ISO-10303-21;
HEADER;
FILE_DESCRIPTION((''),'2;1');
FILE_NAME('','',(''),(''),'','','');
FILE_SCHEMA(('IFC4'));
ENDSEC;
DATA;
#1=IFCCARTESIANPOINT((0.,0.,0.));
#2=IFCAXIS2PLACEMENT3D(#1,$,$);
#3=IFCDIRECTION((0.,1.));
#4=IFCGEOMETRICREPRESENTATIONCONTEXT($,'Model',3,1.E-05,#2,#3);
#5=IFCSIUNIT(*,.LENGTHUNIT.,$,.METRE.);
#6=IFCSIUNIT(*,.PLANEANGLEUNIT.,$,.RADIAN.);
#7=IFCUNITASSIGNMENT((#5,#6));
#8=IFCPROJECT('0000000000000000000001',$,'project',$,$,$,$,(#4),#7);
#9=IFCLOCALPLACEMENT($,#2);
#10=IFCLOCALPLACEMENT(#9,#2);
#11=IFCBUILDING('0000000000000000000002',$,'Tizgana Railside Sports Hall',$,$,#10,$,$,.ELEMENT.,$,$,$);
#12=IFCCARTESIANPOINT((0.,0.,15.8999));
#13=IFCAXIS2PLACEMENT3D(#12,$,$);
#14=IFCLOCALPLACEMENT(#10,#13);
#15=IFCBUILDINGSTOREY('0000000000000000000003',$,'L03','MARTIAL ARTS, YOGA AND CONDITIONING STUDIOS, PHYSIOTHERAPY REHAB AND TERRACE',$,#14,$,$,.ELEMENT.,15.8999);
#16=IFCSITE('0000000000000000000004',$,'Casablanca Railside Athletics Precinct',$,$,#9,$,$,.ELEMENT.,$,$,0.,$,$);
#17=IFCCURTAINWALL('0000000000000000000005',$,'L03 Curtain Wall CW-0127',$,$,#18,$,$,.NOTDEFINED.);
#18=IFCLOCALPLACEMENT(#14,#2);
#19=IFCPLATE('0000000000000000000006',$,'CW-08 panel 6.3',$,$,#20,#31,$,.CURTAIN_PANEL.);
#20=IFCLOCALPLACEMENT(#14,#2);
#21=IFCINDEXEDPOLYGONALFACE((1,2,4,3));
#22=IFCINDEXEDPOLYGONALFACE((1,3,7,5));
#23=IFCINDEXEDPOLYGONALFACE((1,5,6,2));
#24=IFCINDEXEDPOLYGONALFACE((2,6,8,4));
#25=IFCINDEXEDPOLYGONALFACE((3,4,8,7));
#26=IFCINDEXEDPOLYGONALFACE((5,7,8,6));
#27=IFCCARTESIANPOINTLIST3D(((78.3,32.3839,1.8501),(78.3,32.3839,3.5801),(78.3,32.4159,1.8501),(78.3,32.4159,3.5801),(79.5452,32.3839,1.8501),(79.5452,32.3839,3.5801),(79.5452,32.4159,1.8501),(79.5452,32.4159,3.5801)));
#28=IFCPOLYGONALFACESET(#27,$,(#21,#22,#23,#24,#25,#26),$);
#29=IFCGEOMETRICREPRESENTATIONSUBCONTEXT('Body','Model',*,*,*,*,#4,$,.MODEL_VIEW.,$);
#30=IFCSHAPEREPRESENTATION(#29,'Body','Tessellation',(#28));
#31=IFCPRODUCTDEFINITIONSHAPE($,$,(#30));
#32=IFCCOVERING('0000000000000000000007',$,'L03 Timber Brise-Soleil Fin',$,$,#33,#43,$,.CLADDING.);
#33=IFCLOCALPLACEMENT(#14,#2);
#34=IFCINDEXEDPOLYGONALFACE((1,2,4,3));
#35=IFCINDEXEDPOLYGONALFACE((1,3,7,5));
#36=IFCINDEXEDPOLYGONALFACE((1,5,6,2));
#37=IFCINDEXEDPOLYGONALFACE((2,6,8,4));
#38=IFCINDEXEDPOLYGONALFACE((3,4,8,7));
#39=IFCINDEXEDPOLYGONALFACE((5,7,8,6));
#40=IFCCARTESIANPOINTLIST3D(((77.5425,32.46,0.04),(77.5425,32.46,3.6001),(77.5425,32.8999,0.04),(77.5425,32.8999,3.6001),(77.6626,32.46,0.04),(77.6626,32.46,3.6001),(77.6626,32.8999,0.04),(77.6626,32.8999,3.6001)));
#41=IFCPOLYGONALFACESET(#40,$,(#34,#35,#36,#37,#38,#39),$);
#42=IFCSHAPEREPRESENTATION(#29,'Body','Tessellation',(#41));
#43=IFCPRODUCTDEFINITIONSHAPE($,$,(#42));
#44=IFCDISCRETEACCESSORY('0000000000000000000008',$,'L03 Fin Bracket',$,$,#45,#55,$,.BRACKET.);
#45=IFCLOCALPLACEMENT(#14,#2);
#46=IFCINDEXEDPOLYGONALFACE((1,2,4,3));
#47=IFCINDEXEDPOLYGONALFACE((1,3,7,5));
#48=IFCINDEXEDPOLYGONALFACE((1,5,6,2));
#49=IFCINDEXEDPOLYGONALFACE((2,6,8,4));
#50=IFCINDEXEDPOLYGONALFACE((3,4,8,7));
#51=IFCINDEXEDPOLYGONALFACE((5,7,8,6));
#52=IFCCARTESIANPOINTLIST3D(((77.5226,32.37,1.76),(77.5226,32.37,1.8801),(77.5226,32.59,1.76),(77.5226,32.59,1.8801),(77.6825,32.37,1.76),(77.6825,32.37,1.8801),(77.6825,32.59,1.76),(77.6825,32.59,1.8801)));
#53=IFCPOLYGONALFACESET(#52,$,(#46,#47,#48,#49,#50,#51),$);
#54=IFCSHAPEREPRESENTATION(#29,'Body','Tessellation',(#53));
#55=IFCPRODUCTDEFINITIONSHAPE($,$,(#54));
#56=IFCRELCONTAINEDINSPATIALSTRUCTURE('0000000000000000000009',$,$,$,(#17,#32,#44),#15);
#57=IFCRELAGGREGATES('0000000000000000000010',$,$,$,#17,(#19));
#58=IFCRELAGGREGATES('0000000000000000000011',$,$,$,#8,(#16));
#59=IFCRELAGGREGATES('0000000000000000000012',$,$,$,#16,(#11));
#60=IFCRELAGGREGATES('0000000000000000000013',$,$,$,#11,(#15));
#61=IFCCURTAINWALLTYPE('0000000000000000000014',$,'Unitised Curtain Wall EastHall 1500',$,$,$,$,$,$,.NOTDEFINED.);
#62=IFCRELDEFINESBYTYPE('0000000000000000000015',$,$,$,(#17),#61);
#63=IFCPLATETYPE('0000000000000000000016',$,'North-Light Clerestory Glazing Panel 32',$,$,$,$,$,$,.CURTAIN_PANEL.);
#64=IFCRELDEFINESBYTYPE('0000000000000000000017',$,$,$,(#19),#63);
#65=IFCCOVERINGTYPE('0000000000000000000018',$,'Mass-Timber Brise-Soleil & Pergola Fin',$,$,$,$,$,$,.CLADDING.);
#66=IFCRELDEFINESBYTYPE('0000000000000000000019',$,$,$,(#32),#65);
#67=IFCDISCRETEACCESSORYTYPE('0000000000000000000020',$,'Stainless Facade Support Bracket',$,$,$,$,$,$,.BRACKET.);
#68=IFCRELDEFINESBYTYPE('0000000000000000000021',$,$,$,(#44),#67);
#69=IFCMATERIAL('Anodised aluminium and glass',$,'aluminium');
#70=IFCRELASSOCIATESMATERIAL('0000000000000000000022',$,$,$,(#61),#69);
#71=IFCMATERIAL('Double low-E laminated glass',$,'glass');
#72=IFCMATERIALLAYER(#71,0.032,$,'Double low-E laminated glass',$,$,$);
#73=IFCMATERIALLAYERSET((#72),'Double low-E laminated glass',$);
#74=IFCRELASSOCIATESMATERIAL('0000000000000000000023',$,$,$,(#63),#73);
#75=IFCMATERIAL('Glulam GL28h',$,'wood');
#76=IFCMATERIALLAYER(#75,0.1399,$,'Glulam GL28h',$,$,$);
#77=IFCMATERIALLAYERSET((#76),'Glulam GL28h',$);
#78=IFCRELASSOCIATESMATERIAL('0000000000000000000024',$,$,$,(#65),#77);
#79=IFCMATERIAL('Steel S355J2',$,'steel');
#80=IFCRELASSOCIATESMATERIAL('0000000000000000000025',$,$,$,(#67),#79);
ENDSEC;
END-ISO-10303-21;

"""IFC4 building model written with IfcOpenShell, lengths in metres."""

from ifc_helpers import new_model, si_unit, direction, frame, origin, origin_2d, place, context, subcontext, project, spatial, rectangle, extrude, material, layer, layer_set, type_object, element, aggregate, save


model = new_model("IFC4")

# Units and contexts
model_context = context("Model", 3, precision=1e-05, world=origin(), true_north=direction((0.0, 1.0)))
body_context = subcontext(model_context, "Body", "Model", "MODEL_VIEW")
ifc_project = project(units=[si_unit("LENGTHUNIT", "METRE"), si_unit("PLANEANGLEUNIT", "RADIAN")], contexts=[model_context])

# Site, building, storey
site_placement = place(None, origin())
site = spatial("IfcSite", under=ifc_project, at=site_placement, Name="Casablanca Railside Athletics Precinct", CompositionType="ELEMENT", RefElevation=0.0)
building_placement = place(site_placement, origin())
building = spatial("IfcBuilding", under=site, at=building_placement, Name="Tizgana Railside Sports Hall", CompositionType="ELEMENT")
storey_placement = place(building_placement, frame((0.0, 0.0, 15.8999)))
storey = spatial("IfcBuildingStorey", under=building, at=storey_placement, Name="L03", Description="MARTIAL ARTS, YOGA AND CONDITIONING STUDIOS, PHYSIOTHERAPY REHAB AND TERRACE", CompositionType="ELEMENT", Elevation=15.8999)

# Curtain wall
ifc_material_1 = material(Name="Anodised aluminium and glass", Category="aluminium")
curtain_wall_type_1 = type_object("IfcCurtainWallType", Name="Unitised Curtain Wall EastHall 1500", PredefinedType="NOTDEFINED", material=ifc_material_1)
curtain_wall_1_placement = place(storey_placement, origin())
curtain_wall_1 = element("IfcCurtainWall", 1, at=curtain_wall_1_placement, inside=storey, type_object=curtain_wall_type_1, Name="L03 Curtain Wall CW-0127", PredefinedType="NOTDEFINED")

# Plate
ifc_material_2 = material(Name="Double low-E laminated glass", Category="glass")
ifc_layer_1 = layer(ifc_material_2, 0.032, Name="Double low-E laminated glass")
ifc_layer_set_1 = layer_set([ifc_layer_1], Name="Double low-E laminated glass")
plate_type_1 = type_object("IfcPlateType", Name="North-Light Clerestory Glazing Panel 32", PredefinedType="CURTAIN_PANEL", material=ifc_layer_set_1)
plate_1_placement = place(storey_placement, frame((78.9226, 32.3999, 1.8501), z_axis=(0.0, 0.0, 1.0), x_axis=(1.0, 0.0, 0.0)))
plate_1 = element("IfcPlate", 2, at=plate_1_placement, type_object=plate_type_1, Name="CW-08 panel 6.3", PredefinedType="CURTAIN_PANEL", context=body_context, shape_type="SweptSolid", body=[
    extrude(rectangle(XDim=1.2451, YDim=0.032, at=origin_2d()), origin(), (0.0, 0.0, 1.0), 1.73),
])
aggregate(curtain_wall_1, [plate_1])

# Covering
ifc_material_3 = material(Name="Glulam GL28h", Category="wood")
ifc_layer_2 = layer(ifc_material_3, 0.1399, Name="Glulam GL28h")
ifc_layer_set_2 = layer_set([ifc_layer_2], Name="Glulam GL28h")
covering_type = type_object("IfcCoveringType", Name="Mass-Timber Brise-Soleil & Pergola Fin", PredefinedType="CLADDING", material=ifc_layer_set_2)
covering_placement = place(storey_placement, frame((77.6025, 32.6799, 0.04), z_axis=(0.0, 0.0, 1.0), x_axis=(1.0, 0.0, 0.0)))
element("IfcCovering", 3, at=covering_placement, inside=storey, type_object=covering_type, Name="L03 Timber Brise-Soleil Fin", PredefinedType="CLADDING", context=body_context, shape_type="SweptSolid", body=[
    extrude(rectangle(XDim=0.1201, YDim=0.4399, at=origin_2d()), origin(), (0.0, 0.0, 1.0), 3.5601),
])

# Discrete accessory
ifc_material_4 = material(Name="Steel S355J2", Category="steel")
discrete_accessory_type = type_object("IfcDiscreteAccessoryType", Name="Stainless Facade Support Bracket", PredefinedType="BRACKET", material=ifc_material_4)
discrete_accessory_placement = place(storey_placement, frame((77.6025, 32.48, 1.76), z_axis=(0.0, 0.0, 1.0), x_axis=(1.0, 0.0, 0.0)))
element("IfcDiscreteAccessory", 4, at=discrete_accessory_placement, inside=storey, type_object=discrete_accessory_type, Name="L03 Fin Bracket", PredefinedType="BRACKET", context=body_context, shape_type="SweptSolid", body=[
    extrude(rectangle(XDim=0.1599, YDim=0.22, at=origin_2d()), origin(), (0.0, 0.0, 1.0), 0.1201),
])

save(model, "model.ifc")
